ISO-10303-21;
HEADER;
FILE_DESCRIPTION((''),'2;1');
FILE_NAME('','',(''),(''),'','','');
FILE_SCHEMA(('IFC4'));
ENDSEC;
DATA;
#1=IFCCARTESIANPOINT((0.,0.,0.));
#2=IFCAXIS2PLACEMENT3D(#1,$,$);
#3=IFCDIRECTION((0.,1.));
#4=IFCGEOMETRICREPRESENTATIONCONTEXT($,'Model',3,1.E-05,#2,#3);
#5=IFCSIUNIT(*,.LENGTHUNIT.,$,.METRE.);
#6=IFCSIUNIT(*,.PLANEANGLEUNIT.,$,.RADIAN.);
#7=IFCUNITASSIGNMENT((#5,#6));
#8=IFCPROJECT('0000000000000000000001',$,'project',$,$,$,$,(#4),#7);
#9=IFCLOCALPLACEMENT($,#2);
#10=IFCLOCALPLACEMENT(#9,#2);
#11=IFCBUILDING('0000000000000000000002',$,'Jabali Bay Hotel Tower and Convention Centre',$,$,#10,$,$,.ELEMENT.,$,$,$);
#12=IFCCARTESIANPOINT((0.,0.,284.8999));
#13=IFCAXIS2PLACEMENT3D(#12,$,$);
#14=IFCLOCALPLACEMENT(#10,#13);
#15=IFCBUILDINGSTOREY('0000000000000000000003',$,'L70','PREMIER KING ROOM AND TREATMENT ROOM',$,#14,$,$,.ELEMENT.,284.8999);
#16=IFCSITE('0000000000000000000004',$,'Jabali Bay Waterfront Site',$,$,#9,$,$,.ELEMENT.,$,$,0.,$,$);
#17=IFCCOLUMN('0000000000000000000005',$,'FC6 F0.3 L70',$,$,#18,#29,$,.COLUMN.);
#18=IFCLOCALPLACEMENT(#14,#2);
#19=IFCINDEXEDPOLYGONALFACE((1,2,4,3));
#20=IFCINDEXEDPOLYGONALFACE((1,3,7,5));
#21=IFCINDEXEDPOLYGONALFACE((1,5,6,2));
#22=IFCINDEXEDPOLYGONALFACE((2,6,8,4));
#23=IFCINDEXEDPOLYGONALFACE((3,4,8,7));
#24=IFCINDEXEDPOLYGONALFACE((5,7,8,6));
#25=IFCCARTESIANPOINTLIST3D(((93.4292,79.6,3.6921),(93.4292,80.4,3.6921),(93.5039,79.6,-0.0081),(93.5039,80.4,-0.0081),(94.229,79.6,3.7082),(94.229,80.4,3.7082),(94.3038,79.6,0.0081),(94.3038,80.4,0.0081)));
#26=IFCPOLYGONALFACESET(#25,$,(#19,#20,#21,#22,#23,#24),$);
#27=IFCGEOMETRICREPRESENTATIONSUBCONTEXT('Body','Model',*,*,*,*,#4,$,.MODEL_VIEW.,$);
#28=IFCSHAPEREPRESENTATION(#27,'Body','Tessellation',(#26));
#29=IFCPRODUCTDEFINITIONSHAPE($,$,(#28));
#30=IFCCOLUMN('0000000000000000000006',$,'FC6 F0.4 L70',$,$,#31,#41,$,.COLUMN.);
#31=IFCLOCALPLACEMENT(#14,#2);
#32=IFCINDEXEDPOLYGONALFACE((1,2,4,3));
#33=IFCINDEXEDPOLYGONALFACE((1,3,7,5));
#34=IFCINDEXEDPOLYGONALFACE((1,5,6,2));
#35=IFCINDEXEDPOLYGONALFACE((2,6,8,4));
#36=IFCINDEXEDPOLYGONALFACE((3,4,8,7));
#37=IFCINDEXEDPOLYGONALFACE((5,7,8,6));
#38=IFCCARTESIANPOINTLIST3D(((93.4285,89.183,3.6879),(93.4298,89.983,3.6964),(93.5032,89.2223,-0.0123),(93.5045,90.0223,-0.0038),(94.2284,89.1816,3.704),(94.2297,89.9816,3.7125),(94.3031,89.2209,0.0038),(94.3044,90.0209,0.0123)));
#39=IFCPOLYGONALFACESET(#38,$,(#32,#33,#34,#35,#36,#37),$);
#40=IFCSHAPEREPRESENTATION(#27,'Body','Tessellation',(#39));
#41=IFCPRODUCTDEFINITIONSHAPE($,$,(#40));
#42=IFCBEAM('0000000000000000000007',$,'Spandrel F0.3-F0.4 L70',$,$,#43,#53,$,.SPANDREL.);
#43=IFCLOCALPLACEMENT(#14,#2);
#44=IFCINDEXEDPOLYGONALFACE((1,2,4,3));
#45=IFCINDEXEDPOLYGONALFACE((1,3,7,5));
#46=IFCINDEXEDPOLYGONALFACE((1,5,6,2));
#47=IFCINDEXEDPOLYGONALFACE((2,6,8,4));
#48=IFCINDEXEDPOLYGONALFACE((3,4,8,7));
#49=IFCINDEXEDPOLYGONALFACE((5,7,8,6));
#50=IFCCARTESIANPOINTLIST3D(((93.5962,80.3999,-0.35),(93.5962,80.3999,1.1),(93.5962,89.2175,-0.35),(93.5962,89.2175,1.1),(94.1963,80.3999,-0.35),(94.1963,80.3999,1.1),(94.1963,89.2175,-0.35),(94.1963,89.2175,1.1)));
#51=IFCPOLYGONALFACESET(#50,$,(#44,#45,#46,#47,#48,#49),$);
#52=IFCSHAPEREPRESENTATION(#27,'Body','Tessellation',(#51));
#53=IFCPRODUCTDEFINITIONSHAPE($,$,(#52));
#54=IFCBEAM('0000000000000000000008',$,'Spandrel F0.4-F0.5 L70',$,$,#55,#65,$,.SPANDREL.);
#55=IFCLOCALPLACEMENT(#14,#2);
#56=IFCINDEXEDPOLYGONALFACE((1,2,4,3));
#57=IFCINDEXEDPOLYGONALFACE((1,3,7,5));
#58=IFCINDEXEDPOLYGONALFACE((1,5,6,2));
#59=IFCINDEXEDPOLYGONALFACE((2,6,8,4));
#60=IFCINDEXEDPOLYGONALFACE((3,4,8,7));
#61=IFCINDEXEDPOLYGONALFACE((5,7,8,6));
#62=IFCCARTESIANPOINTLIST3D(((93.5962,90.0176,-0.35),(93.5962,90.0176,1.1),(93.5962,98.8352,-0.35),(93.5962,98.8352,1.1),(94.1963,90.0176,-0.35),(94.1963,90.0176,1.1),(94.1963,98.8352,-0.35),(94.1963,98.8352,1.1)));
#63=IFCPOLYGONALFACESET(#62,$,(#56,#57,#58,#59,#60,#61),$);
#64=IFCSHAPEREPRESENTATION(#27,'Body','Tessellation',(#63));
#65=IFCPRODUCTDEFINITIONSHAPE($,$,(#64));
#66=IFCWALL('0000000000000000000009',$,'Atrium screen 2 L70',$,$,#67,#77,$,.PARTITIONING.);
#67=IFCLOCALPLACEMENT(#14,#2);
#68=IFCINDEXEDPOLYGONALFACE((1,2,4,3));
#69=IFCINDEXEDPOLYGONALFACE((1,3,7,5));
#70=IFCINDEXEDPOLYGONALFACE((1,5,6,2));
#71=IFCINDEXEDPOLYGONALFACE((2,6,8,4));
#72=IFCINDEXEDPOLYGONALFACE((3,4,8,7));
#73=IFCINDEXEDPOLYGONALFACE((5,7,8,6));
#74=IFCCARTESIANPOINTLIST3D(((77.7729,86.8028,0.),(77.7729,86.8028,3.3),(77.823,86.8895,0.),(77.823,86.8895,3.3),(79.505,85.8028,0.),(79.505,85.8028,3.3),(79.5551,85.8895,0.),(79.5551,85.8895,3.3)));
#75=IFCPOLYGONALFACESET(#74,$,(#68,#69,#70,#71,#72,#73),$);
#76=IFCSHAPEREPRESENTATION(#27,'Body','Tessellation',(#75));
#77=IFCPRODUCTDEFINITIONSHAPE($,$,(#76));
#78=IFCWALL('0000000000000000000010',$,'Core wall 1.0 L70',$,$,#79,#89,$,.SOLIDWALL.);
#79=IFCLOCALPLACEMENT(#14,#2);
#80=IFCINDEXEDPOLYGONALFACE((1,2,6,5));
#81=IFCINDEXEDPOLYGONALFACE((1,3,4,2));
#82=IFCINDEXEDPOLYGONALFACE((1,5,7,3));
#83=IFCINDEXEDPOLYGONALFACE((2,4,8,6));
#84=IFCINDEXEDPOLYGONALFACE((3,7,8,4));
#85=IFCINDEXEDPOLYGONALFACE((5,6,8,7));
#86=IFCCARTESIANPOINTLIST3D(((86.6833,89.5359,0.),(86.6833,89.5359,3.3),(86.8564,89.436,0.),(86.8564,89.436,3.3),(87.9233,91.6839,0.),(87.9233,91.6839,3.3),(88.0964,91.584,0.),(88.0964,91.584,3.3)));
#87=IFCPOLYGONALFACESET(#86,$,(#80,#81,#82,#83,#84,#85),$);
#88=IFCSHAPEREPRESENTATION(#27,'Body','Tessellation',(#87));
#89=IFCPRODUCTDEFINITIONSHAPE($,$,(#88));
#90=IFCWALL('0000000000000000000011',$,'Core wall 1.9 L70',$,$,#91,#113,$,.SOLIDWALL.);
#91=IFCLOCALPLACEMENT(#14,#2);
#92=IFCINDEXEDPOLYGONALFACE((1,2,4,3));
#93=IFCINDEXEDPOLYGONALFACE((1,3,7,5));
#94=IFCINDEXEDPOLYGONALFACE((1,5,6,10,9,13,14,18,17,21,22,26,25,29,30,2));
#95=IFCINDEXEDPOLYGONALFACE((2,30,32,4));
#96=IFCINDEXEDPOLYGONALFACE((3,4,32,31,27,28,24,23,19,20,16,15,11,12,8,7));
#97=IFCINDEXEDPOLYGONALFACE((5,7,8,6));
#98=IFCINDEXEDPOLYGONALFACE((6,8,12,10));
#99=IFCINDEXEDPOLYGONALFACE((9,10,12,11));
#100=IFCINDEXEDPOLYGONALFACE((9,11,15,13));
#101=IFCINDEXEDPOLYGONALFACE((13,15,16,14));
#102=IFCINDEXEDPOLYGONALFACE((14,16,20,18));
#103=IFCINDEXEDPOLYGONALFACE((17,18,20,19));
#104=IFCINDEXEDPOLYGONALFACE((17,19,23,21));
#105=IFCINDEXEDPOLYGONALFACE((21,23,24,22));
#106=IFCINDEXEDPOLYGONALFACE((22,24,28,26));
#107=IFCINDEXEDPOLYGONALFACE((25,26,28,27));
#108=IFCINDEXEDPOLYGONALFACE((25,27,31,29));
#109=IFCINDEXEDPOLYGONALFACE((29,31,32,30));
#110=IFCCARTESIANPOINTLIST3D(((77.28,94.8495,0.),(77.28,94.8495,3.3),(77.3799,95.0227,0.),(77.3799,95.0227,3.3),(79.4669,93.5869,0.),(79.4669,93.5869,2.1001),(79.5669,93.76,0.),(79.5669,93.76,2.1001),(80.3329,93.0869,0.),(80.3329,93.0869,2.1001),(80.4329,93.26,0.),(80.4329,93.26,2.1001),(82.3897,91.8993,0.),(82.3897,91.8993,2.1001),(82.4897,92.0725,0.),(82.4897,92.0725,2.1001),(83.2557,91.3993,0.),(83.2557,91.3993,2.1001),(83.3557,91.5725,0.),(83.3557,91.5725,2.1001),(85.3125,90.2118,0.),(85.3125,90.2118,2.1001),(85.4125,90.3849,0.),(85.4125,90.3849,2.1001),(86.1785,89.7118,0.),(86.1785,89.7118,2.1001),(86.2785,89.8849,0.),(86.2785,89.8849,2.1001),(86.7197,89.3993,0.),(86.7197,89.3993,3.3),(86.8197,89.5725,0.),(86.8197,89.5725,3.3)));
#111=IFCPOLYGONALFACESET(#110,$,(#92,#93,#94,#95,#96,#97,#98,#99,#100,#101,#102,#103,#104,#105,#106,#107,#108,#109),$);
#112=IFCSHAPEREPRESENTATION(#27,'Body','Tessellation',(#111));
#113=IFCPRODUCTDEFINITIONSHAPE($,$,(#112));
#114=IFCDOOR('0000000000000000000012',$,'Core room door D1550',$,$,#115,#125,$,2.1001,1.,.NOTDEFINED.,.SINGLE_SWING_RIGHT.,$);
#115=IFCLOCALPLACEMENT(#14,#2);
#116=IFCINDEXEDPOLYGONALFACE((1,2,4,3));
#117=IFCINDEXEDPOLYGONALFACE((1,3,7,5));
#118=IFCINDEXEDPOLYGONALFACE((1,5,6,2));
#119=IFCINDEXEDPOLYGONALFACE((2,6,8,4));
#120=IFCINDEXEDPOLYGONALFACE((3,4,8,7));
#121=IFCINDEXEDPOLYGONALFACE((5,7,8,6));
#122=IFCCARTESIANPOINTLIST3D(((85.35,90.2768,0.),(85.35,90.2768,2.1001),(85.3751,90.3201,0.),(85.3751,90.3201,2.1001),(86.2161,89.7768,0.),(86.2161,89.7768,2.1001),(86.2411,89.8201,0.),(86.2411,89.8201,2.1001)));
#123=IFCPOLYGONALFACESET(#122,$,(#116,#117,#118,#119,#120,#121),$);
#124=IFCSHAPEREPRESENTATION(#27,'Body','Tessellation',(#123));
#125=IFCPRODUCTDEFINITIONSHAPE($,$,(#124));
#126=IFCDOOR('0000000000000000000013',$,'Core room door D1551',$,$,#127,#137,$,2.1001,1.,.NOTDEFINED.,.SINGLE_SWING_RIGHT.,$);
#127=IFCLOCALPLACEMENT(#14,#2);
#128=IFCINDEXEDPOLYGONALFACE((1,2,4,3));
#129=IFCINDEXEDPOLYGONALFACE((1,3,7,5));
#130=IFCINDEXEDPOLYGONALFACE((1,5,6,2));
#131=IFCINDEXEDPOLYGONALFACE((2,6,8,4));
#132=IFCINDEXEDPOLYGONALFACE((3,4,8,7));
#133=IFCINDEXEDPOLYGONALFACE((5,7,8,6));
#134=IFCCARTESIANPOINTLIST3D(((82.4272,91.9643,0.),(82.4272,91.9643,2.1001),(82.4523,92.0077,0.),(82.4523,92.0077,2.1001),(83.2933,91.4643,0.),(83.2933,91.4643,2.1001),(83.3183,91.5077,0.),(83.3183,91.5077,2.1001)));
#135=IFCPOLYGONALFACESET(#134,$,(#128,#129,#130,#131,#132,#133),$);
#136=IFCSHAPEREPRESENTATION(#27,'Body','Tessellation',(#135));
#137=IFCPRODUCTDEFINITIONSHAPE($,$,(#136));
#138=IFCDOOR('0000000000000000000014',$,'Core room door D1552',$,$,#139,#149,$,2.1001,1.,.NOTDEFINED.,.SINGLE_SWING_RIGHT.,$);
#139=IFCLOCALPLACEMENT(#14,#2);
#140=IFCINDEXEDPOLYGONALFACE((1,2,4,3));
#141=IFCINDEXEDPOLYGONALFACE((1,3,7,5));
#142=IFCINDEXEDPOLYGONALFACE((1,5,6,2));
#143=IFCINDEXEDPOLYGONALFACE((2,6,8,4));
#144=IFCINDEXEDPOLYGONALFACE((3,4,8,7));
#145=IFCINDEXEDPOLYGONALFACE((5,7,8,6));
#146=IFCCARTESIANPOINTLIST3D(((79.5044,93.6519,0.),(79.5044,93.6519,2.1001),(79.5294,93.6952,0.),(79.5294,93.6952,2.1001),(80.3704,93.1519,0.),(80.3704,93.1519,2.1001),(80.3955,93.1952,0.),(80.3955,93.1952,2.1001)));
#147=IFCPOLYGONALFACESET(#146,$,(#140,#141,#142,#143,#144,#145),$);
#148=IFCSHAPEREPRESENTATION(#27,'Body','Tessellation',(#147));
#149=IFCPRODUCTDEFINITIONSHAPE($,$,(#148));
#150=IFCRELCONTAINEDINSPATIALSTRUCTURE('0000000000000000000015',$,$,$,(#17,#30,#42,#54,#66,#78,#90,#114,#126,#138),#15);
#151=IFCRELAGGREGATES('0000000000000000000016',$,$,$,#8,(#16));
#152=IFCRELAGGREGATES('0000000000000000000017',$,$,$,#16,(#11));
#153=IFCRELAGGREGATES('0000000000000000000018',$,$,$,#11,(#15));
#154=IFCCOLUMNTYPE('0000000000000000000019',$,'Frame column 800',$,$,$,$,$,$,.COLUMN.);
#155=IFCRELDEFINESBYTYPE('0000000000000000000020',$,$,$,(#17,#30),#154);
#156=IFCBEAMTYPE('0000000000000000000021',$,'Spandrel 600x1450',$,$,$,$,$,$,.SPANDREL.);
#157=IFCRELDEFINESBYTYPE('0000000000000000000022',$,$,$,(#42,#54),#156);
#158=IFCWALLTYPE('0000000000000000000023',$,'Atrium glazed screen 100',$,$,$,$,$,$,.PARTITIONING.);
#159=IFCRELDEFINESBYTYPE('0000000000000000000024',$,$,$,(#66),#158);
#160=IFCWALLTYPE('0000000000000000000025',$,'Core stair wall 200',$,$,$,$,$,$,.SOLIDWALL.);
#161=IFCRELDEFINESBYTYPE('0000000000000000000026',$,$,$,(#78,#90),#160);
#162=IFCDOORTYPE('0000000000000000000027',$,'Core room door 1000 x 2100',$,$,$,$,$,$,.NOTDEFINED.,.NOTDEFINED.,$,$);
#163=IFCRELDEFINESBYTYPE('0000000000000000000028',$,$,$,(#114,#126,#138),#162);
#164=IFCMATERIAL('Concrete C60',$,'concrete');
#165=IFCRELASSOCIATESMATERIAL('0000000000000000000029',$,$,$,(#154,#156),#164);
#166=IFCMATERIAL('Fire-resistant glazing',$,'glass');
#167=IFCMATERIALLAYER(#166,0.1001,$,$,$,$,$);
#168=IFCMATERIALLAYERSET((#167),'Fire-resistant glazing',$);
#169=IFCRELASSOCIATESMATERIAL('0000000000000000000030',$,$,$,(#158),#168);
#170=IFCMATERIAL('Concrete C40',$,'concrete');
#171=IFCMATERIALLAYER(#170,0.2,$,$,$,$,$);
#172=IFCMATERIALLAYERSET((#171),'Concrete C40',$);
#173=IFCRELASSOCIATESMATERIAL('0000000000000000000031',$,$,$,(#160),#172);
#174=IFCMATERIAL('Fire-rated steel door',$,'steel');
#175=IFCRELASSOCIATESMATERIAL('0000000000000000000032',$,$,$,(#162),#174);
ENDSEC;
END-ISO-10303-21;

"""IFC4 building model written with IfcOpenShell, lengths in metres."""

from ifc_helpers import new_model, si_unit, direction, frame, frame_2d, origin, origin_2d, place, context, subcontext, project, spatial, rectangle, extrude, material, layer, layer_set, material_profile, profile_set, type_object, element, fill, save


model = new_model("IFC4")

# Units and contexts
model_context = context("Model", 3, precision=1e-05, world=origin(), true_north=direction((0.0, 1.0)))
body_context = subcontext(model_context, "Body", "Model", "MODEL_VIEW")
ifc_project = project(units=[si_unit("LENGTHUNIT", "METRE"), si_unit("PLANEANGLEUNIT", "RADIAN")], contexts=[model_context])

# Site, building, storey
site_placement = place(None, origin())
site = spatial("IfcSite", under=ifc_project, at=site_placement, Name="Jabali Bay Waterfront Site", CompositionType="ELEMENT", RefElevation=0.0)
building_placement = place(site_placement, origin())
building = spatial("IfcBuilding", under=site, at=building_placement, Name="Jabali Bay Hotel Tower and Convention Centre", CompositionType="ELEMENT")
storey_placement = place(building_placement, frame((0.0, 0.0, 284.8999)))
storey = spatial("IfcBuildingStorey", under=building, at=storey_placement, Name="L70", Description="PREMIER KING ROOM AND TREATMENT ROOM", CompositionType="ELEMENT", Elevation=284.8999)

# Columns
ifc_material_1 = material(Name="Concrete C60", Category="concrete")
ifc_material_profile_1 = material_profile(ifc_material_1, rectangle(XDim=0.8, YDim=0.8, at=origin_2d()), Name="Frame column 800")
ifc_profile_set_1 = profile_set([ifc_material_profile_1], Name="Concrete C60")
column_type = type_object("IfcColumnType", Name="Frame column 800", PredefinedType="COLUMN", material=ifc_profile_set_1)
column_1_placement = place(storey_placement, frame((93.9038, 80.0, 0.0), z_axis=(-0.020186, 0.0, 0.999796), x_axis=(0.0, -1.0, 0.0)))
element("IfcColumn", 1, at=column_1_placement, inside=storey, type_object=column_type, Name="FC6 F0.3 L70", PredefinedType="COLUMN", context=body_context, shape_type="SweptSolid", body=[
    extrude(rectangle(XDim=0.8, YDim=0.8, at=origin_2d()), origin(), (0.0, 0.0, 1.0), 3.7009),
])
column_2_placement = place(storey_placement, frame((93.9038, 89.6216, 0.0), z_axis=(-0.020185, -0.01062, 0.99974), x_axis=(0.999795, -0.001758, 0.020167)))
element("IfcColumn", 2, at=column_2_placement, inside=storey, type_object=column_type, Name="FC6 F0.4 L70", PredefinedType="COLUMN", context=body_context, shape_type="SweptSolid", body=[
    extrude(rectangle(XDim=0.8, YDim=0.8, at=origin_2d()), origin(), (0.0, 0.0, 1.0), 3.7012),
])

# Beams
ifc_material_profile_2 = material_profile(ifc_material_1, rectangle(XDim=0.6001, YDim=1.45, at=origin_2d()), Name="Spandrel 600x1450")
ifc_profile_set_2 = profile_set([ifc_material_profile_2], Name="Concrete C60")
beam_type = type_object("IfcBeamType", Name="Spandrel 600x1450", PredefinedType="SPANDREL", material=ifc_profile_set_2)
for number, where, z_axis, x_axis, name in (
    (3, (93.8962, 80.3999, 0.375), (0.0, 1.0, 0.0), (-1.0, 0.0, 0.0), "Spandrel F0.3-F0.4 L70"),
    (4, (93.8962, 90.0176, 0.375), (0.0, 1.0, 0.0), (-1.0, 0.0, 0.0), "Spandrel F0.4-F0.5 L70"),
):
    element("IfcBeam", number, at=place(storey_placement, frame(where, z_axis=z_axis, x_axis=x_axis)), inside=storey, type_object=beam_type, Name=name, PredefinedType="SPANDREL", context=body_context, shape_type="SweptSolid", body=[
        extrude(rectangle(XDim=0.6001, YDim=1.45, at=origin_2d()), origin(), (0.0, 0.0, 1.0), 8.8176),
    ])

# Walls
ifc_material_2 = material(Name="Fire-resistant glazing", Category="glass")
ifc_layer_1 = layer(ifc_material_2, 0.1001)
ifc_layer_set_1 = layer_set([ifc_layer_1], Name="Fire-resistant glazing")
wall_type_1 = type_object("IfcWallType", Name="Atrium glazed screen 100", PredefinedType="PARTITIONING", material=ifc_layer_set_1)
wall_1_placement = place(storey_placement, frame((79.53, 85.8462, 0.0), z_axis=(0.0, 0.0, 1.0), x_axis=(-0.866041, 0.499973, 0.0)))
element("IfcWall", 5, at=wall_1_placement, inside=storey, type_object=wall_type_1, Name="Atrium screen 2 L70", PredefinedType="PARTITIONING", context=body_context, shape_type="SweptSolid", body=[
    extrude(rectangle(XDim=2.0, YDim=0.1001, at=frame_2d((1.0, 0.0))), origin(), (0.0, 0.0, 1.0), 3.3),
])
ifc_material_3 = material(Name="Concrete C40", Category="concrete")
ifc_layer_2 = layer(ifc_material_3, 0.2)
ifc_layer_set_2 = layer_set([ifc_layer_2], Name="Concrete C40")
wall_type_2 = type_object("IfcWallType", Name="Core stair wall 200", PredefinedType="SOLIDWALL", material=ifc_layer_set_2)
wall_2_placement = place(storey_placement, frame((86.7698, 89.4858, 0.0), z_axis=(0.0, 0.0, 1.0), x_axis=(0.499961, 0.866048, 0.0)))
element("IfcWall", 6, at=wall_2_placement, inside=storey, type_object=wall_type_2, Name="Core wall 1.0 L70", PredefinedType="SOLIDWALL", context=body_context, shape_type="SweptSolid", body=[
    extrude(rectangle(XDim=2.4802, YDim=0.2, at=frame_2d((1.2402, 0.0))), origin(), (0.0, 0.0, 1.0), 3.3),
])

# Wall, openings, doors
wall_3_placement = place(storey_placement, frame((86.7698, 89.4858, 0.0), z_axis=(0.0, 0.0, 1.0), x_axis=(-0.866018, 0.500013, 0.0)))
wall_3 = element("IfcWall", 7, at=wall_3_placement, inside=storey, type_object=wall_type_2, Name="Core wall 1.9 L70", PredefinedType="SOLIDWALL", context=body_context, shape_type="SweptSolid", body=[
    extrude(rectangle(XDim=10.9001, YDim=0.2, at=frame_2d((5.4502, 0.0))), origin(), (0.0, 0.0, 1.0), 3.3),
])
opening_1_placement = place(wall_3_placement, frame((0.625, 0.0, 0.0)))
opening_1 = element("IfcOpeningElement", 8, at=opening_1_placement, cuts=wall_3, PredefinedType="OPENING", context=body_context, shape_type="SweptSolid", body=[
    extrude(rectangle(XDim=1.0, YDim=2.1001, at=frame_2d((0.5, 1.05))), frame((0.0, 0.1104, 0.0), z_axis=(0.0, -1.0, 0.0), x_axis=(1.0, 0.0, 0.0)), (0.0, 0.0, 1.0), 0.2209),
])
opening_2_placement = place(wall_3_placement, frame((4.0, 0.0, 0.0)))
opening_2 = element("IfcOpeningElement", 9, at=opening_2_placement, cuts=wall_3, PredefinedType="OPENING", context=body_context, shape_type="SweptSolid", body=[
    extrude(rectangle(XDim=1.0, YDim=2.1001, at=frame_2d((0.5, 1.05))), frame((0.0, 0.1104, 0.0), z_axis=(0.0, -1.0, 0.0), x_axis=(1.0, 0.0, 0.0)), (0.0, 0.0, 1.0), 0.2209),
])
opening_3_placement = place(wall_3_placement, frame((7.375, 0.0, 0.0)))
opening_3 = element("IfcOpeningElement", 10, at=opening_3_placement, cuts=wall_3, PredefinedType="OPENING", context=body_context, shape_type="SweptSolid", body=[
    extrude(rectangle(XDim=1.0, YDim=2.1001, at=frame_2d((0.5, 1.05))), frame((0.0, 0.1104, 0.0), z_axis=(0.0, -1.0, 0.0), x_axis=(1.0, 0.0, 0.0)), (0.0, 0.0, 1.0), 0.2209),
])
ifc_material_4 = material(Name="Fire-rated steel door", Category="steel")
door_type_1 = type_object("IfcDoorType", Name="Core room door 1000 x 2100", OperationType="NOTDEFINED", PredefinedType="NOTDEFINED", material=ifc_material_4)
door_1_placement = place(opening_1_placement, origin())
door_1 = element("IfcDoor", 11, at=door_1_placement, inside=storey, type_object=door_type_1, Name="Core room door D1550", OperationType="SINGLE_SWING_RIGHT", OverallHeight=2.1001, OverallWidth=1.0, PredefinedType="NOTDEFINED", context=body_context, shape_type="SweptSolid", body=[
    extrude(rectangle(XDim=1.0, YDim=2.1001, at=frame_2d((0.5, 1.05))), frame((0.0, 0.0249, 0.0), z_axis=(0.0, -1.0, 0.0), x_axis=(1.0, 0.0, 0.0)), (0.0, 0.0, 1.0), 0.05),
])
fill(opening_1, door_1)
door_2_placement = place(opening_2_placement, origin())
door_2 = element("IfcDoor", 12, at=door_2_placement, inside=storey, type_object=door_type_1, Name="Core room door D1551", OperationType="SINGLE_SWING_RIGHT", OverallHeight=2.1001, OverallWidth=1.0, PredefinedType="NOTDEFINED", context=body_context, shape_type="SweptSolid", body=[
    extrude(rectangle(XDim=1.0, YDim=2.1001, at=frame_2d((0.5, 1.05))), frame((0.0, 0.0249, 0.0), z_axis=(0.0, -1.0, 0.0), x_axis=(1.0, 0.0, 0.0)), (0.0, 0.0, 1.0), 0.05),
])
fill(opening_2, door_2)
door_3_placement = place(opening_3_placement, origin())
door_3 = element("IfcDoor", 13, at=door_3_placement, inside=storey, type_object=door_type_1, Name="Core room door D1552", OperationType="SINGLE_SWING_RIGHT", OverallHeight=2.1001, OverallWidth=1.0, PredefinedType="NOTDEFINED", context=body_context, shape_type="SweptSolid", body=[
    extrude(rectangle(XDim=1.0, YDim=2.1001, at=frame_2d((0.5, 1.05))), frame((0.0, 0.0249, 0.0), z_axis=(0.0, -1.0, 0.0), x_axis=(1.0, 0.0, 0.0)), (0.0, 0.0, 1.0), 0.05),
])
fill(opening_3, door_3)

save(model, "model.ifc")
